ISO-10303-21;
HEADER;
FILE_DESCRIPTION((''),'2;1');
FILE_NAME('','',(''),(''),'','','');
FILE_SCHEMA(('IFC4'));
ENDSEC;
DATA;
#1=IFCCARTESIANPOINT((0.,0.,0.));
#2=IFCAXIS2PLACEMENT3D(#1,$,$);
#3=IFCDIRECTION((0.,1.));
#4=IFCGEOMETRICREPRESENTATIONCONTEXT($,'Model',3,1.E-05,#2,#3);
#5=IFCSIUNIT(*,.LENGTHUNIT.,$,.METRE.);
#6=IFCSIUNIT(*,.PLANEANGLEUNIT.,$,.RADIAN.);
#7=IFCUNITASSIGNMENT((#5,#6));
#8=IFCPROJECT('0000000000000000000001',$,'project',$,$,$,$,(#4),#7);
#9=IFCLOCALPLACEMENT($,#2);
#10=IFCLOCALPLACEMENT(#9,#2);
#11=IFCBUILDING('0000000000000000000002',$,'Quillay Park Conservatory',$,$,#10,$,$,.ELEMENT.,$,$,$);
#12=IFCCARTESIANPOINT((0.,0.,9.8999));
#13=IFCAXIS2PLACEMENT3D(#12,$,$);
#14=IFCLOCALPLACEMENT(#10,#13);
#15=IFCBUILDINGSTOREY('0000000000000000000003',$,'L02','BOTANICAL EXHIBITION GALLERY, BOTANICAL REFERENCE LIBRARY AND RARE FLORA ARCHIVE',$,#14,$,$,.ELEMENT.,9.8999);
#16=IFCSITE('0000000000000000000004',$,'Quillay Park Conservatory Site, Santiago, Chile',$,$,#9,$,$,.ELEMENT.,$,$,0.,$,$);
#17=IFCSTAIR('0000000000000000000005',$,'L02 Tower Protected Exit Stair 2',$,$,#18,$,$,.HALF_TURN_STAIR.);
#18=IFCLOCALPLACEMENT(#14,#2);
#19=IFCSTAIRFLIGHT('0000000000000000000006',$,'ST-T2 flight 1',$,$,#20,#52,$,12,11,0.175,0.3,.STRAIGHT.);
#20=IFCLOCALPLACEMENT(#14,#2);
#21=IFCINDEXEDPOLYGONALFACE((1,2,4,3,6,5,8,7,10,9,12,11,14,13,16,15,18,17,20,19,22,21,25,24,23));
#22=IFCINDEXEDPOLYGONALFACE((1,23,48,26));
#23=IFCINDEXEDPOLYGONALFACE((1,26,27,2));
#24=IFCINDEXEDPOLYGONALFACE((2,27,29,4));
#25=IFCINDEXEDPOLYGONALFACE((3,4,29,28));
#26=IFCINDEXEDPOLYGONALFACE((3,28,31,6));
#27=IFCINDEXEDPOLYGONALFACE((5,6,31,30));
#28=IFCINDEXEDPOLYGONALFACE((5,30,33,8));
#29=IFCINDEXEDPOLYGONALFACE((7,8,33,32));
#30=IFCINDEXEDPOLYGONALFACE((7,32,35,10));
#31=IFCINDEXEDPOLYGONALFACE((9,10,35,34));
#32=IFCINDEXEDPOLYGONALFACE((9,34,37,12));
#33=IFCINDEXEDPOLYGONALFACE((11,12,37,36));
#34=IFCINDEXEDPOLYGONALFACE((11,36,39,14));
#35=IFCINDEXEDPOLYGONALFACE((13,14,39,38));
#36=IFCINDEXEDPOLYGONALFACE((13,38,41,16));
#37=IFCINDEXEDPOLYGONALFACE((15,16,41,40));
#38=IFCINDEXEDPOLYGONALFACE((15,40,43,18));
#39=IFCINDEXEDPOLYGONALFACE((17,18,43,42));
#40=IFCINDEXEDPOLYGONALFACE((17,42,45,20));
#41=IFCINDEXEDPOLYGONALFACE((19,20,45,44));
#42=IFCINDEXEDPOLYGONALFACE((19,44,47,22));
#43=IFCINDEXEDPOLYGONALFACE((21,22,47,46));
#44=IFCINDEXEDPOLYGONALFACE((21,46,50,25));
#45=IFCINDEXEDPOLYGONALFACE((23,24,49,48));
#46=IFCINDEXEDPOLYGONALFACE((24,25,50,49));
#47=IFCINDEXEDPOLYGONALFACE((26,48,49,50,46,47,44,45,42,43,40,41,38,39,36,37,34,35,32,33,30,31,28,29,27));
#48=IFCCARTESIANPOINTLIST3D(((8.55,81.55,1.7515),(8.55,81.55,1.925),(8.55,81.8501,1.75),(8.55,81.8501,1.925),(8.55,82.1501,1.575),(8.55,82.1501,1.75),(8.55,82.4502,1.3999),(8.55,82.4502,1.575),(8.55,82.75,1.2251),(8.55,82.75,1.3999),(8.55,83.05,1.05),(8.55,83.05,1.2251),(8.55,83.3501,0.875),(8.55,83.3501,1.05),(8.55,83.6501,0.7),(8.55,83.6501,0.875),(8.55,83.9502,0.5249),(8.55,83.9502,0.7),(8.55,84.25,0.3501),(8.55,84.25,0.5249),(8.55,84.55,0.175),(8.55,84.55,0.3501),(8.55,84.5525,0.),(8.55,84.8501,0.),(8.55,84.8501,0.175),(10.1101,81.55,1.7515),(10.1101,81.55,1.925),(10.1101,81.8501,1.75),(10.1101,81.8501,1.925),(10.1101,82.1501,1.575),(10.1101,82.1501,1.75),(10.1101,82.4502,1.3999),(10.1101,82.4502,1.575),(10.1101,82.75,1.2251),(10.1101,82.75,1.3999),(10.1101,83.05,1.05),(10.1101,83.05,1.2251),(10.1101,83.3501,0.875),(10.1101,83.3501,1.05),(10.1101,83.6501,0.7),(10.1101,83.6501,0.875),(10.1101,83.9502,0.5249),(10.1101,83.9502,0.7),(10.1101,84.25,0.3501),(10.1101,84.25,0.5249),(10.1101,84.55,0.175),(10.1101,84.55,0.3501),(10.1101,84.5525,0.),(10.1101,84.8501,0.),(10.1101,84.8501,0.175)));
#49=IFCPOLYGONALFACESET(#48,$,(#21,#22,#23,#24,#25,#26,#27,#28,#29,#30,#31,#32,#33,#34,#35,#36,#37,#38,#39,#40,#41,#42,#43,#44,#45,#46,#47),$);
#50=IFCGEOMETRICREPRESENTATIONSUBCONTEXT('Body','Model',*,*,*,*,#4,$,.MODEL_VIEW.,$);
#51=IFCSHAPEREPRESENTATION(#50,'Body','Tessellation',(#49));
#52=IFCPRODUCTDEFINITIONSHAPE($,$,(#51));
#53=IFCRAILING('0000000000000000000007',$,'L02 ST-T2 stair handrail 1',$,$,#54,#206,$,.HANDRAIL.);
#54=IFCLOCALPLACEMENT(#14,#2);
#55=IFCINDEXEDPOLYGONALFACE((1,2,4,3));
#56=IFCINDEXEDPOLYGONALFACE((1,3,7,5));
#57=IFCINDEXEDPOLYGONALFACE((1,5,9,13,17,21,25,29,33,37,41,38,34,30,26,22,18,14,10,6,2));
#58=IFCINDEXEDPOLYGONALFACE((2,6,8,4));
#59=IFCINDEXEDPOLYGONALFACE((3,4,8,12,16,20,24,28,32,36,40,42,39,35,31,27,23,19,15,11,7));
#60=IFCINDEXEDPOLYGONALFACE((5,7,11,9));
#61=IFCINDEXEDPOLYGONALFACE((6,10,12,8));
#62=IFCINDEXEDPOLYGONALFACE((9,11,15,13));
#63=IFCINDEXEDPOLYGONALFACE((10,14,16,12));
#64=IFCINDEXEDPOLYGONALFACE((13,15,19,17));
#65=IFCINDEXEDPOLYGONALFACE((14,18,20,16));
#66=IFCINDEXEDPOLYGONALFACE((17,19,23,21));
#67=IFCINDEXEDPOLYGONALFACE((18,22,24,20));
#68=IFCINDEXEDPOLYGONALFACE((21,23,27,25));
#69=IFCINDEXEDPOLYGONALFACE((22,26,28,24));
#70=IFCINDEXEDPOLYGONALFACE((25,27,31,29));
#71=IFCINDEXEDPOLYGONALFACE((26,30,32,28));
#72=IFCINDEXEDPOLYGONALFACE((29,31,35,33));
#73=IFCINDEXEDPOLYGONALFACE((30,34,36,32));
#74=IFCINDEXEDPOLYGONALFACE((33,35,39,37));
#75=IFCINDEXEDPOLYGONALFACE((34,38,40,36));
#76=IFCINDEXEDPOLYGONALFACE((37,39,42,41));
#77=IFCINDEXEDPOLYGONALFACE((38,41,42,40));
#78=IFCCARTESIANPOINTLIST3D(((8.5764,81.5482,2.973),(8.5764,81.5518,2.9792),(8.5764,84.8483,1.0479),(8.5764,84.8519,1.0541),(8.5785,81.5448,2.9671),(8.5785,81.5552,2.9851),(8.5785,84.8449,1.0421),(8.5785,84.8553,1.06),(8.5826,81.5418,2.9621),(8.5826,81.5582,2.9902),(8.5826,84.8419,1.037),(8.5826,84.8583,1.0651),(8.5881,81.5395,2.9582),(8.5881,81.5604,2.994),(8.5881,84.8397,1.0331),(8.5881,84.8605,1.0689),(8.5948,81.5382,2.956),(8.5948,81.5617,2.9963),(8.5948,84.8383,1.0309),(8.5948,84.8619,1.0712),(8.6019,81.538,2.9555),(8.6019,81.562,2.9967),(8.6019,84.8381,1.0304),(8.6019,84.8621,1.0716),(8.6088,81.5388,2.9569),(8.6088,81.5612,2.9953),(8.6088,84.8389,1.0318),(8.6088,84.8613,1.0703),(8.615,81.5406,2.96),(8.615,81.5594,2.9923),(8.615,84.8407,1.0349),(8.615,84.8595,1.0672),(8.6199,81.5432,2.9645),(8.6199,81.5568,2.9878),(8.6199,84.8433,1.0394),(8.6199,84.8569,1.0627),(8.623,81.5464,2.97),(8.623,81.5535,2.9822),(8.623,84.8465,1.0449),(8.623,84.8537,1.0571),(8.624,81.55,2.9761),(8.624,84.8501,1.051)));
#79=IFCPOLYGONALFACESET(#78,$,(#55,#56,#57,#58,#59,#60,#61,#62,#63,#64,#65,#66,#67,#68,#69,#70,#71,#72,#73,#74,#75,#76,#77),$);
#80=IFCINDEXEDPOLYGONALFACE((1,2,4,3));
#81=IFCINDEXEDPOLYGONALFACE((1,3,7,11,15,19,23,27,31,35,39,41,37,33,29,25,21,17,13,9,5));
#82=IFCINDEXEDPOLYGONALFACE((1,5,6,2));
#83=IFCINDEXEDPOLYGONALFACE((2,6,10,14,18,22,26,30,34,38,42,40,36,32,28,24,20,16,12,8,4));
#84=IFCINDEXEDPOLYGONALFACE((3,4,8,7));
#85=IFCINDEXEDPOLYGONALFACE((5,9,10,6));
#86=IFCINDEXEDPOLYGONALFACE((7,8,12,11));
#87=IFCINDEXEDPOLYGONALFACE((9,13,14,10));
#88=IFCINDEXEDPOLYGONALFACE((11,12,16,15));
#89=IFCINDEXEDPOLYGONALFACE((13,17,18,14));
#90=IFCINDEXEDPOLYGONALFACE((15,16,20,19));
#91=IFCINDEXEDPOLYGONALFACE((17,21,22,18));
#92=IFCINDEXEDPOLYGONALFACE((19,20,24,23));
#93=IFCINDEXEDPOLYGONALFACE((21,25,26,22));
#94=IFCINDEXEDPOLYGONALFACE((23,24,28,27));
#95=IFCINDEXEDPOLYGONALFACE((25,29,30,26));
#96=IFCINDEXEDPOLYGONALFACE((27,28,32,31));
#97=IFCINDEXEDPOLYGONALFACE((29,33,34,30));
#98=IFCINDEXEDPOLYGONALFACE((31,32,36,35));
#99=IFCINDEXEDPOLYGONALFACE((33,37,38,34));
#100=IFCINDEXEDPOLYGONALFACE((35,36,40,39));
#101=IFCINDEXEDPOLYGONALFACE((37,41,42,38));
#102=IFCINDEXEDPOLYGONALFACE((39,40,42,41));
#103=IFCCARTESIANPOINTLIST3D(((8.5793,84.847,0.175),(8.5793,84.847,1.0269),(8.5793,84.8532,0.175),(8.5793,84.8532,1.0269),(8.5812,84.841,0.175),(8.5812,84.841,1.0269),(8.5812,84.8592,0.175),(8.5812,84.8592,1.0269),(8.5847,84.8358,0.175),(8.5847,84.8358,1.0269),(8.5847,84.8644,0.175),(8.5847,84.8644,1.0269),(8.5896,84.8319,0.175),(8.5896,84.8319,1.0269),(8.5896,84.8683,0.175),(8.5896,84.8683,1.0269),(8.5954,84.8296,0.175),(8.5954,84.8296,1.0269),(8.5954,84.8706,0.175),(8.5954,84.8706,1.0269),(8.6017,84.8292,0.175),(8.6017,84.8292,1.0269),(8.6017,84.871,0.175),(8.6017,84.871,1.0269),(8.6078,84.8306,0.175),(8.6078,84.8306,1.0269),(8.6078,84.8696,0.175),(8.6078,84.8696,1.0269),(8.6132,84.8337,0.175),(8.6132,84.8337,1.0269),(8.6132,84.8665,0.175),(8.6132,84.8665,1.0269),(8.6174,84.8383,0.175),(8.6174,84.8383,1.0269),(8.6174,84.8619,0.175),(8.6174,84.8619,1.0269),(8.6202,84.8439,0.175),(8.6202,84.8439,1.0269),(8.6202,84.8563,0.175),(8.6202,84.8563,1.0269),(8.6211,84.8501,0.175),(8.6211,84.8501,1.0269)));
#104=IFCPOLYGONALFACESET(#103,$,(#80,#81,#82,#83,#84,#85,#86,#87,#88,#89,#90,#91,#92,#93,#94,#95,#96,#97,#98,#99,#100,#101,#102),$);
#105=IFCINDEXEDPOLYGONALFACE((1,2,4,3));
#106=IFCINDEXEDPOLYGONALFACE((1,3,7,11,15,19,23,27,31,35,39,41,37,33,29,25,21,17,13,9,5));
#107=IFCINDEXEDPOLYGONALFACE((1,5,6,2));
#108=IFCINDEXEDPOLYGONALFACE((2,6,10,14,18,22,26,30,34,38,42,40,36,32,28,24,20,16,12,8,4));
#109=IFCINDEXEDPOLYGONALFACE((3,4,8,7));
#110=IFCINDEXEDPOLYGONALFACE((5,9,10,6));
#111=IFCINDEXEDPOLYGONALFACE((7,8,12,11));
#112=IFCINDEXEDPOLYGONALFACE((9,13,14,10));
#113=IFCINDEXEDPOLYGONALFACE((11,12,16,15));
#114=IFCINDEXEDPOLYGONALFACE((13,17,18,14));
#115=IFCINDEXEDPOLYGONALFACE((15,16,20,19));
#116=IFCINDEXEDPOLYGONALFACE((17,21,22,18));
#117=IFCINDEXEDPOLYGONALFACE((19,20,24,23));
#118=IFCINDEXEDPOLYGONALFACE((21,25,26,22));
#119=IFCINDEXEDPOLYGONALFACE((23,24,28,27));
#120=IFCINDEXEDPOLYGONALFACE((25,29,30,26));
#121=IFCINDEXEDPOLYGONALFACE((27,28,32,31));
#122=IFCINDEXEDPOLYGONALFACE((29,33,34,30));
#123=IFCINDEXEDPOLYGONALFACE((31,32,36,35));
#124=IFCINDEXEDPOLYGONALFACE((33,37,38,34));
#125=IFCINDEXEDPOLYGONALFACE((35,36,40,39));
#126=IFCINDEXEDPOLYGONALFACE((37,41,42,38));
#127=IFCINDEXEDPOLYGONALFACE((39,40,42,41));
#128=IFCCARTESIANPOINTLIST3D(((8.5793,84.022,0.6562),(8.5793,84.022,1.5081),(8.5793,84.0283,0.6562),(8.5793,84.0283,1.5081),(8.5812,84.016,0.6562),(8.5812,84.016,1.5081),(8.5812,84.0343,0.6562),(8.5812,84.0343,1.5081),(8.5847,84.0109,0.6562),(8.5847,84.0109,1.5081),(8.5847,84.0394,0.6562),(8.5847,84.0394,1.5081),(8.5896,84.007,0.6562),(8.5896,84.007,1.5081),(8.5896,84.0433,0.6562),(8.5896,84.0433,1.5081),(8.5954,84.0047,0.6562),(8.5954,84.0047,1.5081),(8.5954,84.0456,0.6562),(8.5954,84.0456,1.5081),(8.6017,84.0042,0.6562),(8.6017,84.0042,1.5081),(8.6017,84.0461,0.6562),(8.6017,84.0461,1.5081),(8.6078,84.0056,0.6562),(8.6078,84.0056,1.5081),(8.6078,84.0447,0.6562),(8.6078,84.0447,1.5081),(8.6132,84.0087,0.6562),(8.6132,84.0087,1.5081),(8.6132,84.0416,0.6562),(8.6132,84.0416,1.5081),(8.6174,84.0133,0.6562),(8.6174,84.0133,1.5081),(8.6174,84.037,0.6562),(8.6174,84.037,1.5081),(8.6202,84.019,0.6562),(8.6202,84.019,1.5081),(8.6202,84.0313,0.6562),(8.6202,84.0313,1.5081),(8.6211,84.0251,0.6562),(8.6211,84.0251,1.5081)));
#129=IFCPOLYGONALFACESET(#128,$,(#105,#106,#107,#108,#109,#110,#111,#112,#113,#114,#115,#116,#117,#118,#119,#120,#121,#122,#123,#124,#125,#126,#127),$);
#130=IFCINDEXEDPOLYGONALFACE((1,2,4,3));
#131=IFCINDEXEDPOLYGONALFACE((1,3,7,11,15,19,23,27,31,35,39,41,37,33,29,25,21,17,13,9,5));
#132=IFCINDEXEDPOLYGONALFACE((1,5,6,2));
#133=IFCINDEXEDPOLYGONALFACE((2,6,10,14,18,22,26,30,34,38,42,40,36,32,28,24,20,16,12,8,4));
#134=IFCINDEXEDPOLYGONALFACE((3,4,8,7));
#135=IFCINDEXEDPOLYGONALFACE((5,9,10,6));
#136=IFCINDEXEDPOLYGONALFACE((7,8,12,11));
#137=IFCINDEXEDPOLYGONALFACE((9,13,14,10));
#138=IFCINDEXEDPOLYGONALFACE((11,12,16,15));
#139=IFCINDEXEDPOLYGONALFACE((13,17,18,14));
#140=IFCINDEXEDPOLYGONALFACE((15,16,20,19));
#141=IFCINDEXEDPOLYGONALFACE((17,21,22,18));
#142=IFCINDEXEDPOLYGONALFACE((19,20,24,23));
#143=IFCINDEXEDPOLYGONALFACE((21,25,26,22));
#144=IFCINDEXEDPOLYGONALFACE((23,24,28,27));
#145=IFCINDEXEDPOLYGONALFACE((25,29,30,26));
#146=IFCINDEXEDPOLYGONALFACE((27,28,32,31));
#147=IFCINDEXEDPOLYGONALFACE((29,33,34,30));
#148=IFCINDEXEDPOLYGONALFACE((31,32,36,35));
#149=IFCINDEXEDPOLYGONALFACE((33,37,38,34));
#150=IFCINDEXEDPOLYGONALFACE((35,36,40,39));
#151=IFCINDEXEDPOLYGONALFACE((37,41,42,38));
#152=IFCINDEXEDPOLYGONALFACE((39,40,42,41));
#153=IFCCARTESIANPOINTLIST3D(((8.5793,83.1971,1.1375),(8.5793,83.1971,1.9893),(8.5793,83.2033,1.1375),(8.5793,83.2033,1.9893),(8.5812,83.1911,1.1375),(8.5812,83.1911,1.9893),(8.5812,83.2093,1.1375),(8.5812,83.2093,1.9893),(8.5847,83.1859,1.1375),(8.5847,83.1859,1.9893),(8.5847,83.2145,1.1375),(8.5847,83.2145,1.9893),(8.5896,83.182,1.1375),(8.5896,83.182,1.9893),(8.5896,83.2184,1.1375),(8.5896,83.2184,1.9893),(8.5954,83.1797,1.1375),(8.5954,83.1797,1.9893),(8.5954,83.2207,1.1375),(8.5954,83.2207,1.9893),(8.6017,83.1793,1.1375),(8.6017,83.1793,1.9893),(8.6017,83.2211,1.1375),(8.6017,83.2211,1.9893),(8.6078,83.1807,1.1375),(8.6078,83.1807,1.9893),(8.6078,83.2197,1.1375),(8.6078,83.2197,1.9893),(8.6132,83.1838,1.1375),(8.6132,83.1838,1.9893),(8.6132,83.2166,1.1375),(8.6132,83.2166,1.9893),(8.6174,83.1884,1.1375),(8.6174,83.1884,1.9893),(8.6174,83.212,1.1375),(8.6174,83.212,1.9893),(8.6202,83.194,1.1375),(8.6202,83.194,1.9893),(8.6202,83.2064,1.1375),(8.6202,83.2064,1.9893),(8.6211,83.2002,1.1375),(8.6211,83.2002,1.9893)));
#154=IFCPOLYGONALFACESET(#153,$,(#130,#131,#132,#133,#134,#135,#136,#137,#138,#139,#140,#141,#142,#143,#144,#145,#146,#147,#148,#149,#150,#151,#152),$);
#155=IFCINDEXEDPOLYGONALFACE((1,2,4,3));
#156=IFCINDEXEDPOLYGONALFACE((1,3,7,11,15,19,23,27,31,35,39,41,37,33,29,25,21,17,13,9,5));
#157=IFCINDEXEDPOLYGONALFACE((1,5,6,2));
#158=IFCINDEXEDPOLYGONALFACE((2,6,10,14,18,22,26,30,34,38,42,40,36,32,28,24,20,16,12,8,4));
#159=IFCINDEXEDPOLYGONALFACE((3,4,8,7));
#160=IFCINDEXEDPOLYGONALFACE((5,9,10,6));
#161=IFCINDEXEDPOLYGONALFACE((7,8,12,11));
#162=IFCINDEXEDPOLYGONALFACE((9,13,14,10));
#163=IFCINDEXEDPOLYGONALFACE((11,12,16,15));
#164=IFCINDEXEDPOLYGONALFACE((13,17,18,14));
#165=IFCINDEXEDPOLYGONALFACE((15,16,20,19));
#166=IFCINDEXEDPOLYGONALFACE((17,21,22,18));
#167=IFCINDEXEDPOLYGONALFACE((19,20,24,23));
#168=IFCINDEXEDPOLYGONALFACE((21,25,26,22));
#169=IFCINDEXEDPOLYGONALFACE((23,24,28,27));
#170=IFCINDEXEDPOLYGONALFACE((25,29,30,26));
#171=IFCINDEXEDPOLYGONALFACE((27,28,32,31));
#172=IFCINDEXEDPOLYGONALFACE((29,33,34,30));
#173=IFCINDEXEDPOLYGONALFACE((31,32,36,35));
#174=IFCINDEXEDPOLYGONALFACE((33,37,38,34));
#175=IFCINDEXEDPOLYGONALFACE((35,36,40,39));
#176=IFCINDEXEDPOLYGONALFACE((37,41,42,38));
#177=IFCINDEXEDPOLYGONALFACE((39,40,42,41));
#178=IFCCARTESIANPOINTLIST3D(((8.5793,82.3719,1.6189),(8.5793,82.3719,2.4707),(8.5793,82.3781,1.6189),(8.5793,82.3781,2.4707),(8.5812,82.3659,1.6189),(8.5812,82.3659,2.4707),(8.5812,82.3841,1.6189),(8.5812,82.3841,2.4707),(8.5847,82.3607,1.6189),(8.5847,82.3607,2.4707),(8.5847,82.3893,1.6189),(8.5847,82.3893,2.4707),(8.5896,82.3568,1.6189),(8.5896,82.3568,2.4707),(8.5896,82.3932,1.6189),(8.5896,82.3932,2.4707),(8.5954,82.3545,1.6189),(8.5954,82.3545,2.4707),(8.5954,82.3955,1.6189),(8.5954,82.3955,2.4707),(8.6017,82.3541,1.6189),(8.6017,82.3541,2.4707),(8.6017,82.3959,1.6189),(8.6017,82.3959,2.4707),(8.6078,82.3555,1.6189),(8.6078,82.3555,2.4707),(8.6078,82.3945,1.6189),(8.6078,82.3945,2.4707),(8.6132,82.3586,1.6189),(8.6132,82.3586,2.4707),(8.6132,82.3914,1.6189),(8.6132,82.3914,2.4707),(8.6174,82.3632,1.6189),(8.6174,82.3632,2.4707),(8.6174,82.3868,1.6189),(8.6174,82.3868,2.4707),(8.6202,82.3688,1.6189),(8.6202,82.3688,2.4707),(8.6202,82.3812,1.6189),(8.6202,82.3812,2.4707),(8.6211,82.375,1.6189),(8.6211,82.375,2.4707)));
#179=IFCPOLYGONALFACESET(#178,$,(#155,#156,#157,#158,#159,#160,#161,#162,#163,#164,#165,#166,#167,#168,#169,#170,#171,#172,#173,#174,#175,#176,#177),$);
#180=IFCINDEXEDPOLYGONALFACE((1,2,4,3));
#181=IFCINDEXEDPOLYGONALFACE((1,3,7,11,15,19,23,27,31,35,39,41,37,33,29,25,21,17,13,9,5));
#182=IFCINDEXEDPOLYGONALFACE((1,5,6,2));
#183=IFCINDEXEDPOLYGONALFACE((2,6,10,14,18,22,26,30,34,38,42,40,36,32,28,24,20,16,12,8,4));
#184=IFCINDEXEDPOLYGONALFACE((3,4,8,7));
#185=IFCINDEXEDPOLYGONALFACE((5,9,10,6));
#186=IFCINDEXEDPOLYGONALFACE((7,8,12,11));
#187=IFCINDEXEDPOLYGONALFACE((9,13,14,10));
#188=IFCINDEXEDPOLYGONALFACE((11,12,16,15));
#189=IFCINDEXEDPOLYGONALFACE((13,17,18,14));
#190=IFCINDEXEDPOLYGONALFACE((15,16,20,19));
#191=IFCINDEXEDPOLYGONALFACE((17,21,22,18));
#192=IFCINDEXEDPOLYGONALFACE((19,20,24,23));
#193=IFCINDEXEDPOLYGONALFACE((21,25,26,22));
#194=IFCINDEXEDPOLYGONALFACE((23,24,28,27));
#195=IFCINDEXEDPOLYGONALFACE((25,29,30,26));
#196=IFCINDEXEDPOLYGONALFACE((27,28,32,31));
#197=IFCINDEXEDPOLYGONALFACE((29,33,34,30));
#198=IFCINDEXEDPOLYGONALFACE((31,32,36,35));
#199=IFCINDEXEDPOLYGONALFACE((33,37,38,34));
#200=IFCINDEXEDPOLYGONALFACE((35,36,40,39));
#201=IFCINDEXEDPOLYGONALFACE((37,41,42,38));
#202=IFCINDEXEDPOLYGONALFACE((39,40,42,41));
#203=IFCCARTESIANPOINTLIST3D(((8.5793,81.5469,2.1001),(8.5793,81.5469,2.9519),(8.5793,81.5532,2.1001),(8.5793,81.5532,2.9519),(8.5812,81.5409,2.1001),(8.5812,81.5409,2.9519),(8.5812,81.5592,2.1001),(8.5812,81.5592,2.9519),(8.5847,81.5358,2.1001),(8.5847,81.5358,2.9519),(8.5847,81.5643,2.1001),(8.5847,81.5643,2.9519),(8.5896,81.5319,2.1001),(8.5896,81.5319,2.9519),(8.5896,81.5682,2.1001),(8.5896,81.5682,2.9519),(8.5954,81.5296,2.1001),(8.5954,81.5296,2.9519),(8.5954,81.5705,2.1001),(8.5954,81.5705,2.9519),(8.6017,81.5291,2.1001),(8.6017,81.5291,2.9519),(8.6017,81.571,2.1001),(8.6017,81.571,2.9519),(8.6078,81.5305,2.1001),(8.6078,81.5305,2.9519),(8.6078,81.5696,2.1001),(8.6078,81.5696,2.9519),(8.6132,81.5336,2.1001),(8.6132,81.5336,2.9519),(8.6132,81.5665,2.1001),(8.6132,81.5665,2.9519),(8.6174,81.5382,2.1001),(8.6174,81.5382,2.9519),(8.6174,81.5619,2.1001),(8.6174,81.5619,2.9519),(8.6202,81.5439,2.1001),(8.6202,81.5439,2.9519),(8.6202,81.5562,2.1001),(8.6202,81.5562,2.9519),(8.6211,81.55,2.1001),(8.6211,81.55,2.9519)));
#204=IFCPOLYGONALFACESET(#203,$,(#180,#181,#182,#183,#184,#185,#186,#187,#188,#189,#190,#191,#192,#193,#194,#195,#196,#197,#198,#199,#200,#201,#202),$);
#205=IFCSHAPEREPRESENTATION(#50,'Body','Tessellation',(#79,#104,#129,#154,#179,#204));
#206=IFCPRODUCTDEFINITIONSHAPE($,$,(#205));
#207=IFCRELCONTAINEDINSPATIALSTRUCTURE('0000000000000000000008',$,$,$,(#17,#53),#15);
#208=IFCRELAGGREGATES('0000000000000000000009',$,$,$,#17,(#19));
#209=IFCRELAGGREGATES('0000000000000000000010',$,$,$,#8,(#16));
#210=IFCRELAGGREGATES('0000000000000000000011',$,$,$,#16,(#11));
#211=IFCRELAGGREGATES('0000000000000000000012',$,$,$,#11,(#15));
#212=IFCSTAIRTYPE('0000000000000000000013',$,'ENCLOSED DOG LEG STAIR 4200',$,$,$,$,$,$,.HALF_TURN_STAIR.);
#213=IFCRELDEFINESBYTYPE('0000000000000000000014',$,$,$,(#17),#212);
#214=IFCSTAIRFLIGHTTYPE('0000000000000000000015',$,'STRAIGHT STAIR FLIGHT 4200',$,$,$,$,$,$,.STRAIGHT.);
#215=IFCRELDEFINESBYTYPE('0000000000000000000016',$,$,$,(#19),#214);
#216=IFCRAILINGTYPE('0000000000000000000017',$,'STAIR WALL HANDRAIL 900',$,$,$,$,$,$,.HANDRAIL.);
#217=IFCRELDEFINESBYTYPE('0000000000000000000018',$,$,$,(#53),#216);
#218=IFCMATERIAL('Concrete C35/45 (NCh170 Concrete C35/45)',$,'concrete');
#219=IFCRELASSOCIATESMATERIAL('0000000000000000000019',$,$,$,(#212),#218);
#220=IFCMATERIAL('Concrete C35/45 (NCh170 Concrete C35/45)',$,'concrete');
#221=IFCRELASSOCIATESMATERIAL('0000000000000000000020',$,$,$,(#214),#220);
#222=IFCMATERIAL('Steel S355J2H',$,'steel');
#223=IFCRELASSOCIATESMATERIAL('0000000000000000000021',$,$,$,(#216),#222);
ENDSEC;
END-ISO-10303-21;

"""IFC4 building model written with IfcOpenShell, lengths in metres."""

from ifc_helpers import new_model, si_unit, direction, frame, origin, origin_2d, place, context, subcontext, project, spatial, polyline, circle, outline, extrude, material, type_object, element, aggregate, save


model = new_model("IFC4")

# Units and contexts
model_context = context("Model", 3, precision=1e-05, world=origin(), true_north=direction((0.0, 1.0)))
body_context = subcontext(model_context, "Body", "Model", "MODEL_VIEW")
ifc_project = project(units=[si_unit("LENGTHUNIT", "METRE"), si_unit("PLANEANGLEUNIT", "RADIAN")], contexts=[model_context])

# Site, building, storey
site_placement = place(None, origin())
site = spatial("IfcSite", under=ifc_project, at=site_placement, Name="Quillay Park Conservatory Site, Santiago, Chile", CompositionType="ELEMENT", RefElevation=0.0)
building_placement = place(site_placement, origin())
building = spatial("IfcBuilding", under=site, at=building_placement, Name="Quillay Park Conservatory", CompositionType="ELEMENT")
storey_placement = place(building_placement, frame((0.0, 0.0, 9.8999)))
storey = spatial("IfcBuildingStorey", under=building, at=storey_placement, Name="L02", Description="BOTANICAL EXHIBITION GALLERY, BOTANICAL REFERENCE LIBRARY AND RARE FLORA ARCHIVE", CompositionType="ELEMENT", Elevation=9.8999)

# Stair, stair flight
ifc_material_1 = material(Name="Concrete C35/45 (NCh170 Concrete C35/45)", Category="concrete")
stair_type = type_object("IfcStairType", Name="ENCLOSED DOG LEG STAIR 4200", PredefinedType="HALF_TURN_STAIR", material=ifc_material_1)
stair_placement = place(storey_placement, origin())
stair = element("IfcStair", 1, at=stair_placement, inside=storey, type_object=stair_type, Name="L02 Tower Protected Exit Stair 2", PredefinedType="HALF_TURN_STAIR")
ifc_material_2 = material(Name="Concrete C35/45 (NCh170 Concrete C35/45)", Category="concrete")
stair_flight_type = type_object("IfcStairFlightType", Name="STRAIGHT STAIR FLIGHT 4200", PredefinedType="STRAIGHT", material=ifc_material_2)
stair_flight_placement = place(storey_placement, frame((9.3301, 84.8501, 0.0), z_axis=(0.0, 0.0, 1.0), x_axis=(0.0, -1.0, 0.0)))
stair_flight = element("IfcStairFlight", 2, at=stair_flight_placement, type_object=stair_flight_type, Name="ST-T2 flight 1", NumberOfRisers=12, NumberOfTreads=11, PredefinedType="STRAIGHT", RiserHeight=0.175, TreadLength=0.3, context=body_context, shape_type="SweptSolid", body=[
    extrude(outline(polyline([(0.0, 0.0), (0.0, 0.175), (0.3, 0.175), (0.3, 0.3501), (0.6001, 0.3501), (0.6001, 0.5249), (0.8999, 0.5249), (0.8999, 0.7), (1.2, 0.7), (1.2, 0.875), (1.5, 0.875), (1.5, 1.05), (1.8, 1.05), (1.8, 1.2251), (2.1001, 1.2251), (2.1001, 1.3999), (2.3999, 1.3999), (2.3999, 1.575), (2.7, 1.575), (2.7, 1.75), (3.0, 1.75), (3.0, 1.925), (3.3, 1.925), (3.3, 2.1001), (3.3, 1.7515), (0.2976, 0.0), (0.0, 0.0)])), frame((0.0, 0.78, 0.0), z_axis=(0.0, -1.0, 0.0), x_axis=(1.0, 0.0, 0.0)), (0.0, 0.0, 1.0), 1.5601),
])
aggregate(stair, [stair_flight])

# Railing
ifc_material_3 = material(Name="Steel S355J2H", Category="steel")
railing_type_1 = type_object("IfcRailingType", Name="STAIR WALL HANDRAIL 900", PredefinedType="HANDRAIL", material=ifc_material_3)
railing_1_placement = place(storey_placement, frame((8.6001, 84.8501, 0.175)))
element("IfcRailing", 3, at=railing_1_placement, inside=storey, type_object=railing_type_1, Name="L02 ST-T2 stair handrail 1", PredefinedType="HANDRAIL", context=body_context, shape_type="SweptSolid", body=[
    extrude(circle(Radius=0.0239, at=origin_2d()), frame((0.0, 0.0, 0.876), z_axis=(0.0, -0.863777, 0.503875), x_axis=(1.0, 0.0, 0.0)), (0.0, 0.0, 1.0), 3.8206),
    extrude(circle(Radius=0.021, at=origin_2d()), origin(), (0.0, 0.0, 1.0), 0.8518),
    extrude(circle(Radius=0.021, at=origin_2d()), frame((0.0, -0.825, 0.4812)), (0.0, 0.0, 1.0), 0.8518),
    extrude(circle(Radius=0.021, at=origin_2d()), frame((0.0, -1.6499, 0.9624)), (0.0, 0.0, 1.0), 0.8518),
    extrude(circle(Radius=0.021, at=origin_2d()), frame((0.0, -2.4751, 1.4438)), (0.0, 0.0, 1.0), 0.8518),
    extrude(circle(Radius=0.021, at=origin_2d()), frame((0.0, -3.3, 1.925)), (0.0, 0.0, 1.0), 0.8518),
])

save(model, "model.ifc")
